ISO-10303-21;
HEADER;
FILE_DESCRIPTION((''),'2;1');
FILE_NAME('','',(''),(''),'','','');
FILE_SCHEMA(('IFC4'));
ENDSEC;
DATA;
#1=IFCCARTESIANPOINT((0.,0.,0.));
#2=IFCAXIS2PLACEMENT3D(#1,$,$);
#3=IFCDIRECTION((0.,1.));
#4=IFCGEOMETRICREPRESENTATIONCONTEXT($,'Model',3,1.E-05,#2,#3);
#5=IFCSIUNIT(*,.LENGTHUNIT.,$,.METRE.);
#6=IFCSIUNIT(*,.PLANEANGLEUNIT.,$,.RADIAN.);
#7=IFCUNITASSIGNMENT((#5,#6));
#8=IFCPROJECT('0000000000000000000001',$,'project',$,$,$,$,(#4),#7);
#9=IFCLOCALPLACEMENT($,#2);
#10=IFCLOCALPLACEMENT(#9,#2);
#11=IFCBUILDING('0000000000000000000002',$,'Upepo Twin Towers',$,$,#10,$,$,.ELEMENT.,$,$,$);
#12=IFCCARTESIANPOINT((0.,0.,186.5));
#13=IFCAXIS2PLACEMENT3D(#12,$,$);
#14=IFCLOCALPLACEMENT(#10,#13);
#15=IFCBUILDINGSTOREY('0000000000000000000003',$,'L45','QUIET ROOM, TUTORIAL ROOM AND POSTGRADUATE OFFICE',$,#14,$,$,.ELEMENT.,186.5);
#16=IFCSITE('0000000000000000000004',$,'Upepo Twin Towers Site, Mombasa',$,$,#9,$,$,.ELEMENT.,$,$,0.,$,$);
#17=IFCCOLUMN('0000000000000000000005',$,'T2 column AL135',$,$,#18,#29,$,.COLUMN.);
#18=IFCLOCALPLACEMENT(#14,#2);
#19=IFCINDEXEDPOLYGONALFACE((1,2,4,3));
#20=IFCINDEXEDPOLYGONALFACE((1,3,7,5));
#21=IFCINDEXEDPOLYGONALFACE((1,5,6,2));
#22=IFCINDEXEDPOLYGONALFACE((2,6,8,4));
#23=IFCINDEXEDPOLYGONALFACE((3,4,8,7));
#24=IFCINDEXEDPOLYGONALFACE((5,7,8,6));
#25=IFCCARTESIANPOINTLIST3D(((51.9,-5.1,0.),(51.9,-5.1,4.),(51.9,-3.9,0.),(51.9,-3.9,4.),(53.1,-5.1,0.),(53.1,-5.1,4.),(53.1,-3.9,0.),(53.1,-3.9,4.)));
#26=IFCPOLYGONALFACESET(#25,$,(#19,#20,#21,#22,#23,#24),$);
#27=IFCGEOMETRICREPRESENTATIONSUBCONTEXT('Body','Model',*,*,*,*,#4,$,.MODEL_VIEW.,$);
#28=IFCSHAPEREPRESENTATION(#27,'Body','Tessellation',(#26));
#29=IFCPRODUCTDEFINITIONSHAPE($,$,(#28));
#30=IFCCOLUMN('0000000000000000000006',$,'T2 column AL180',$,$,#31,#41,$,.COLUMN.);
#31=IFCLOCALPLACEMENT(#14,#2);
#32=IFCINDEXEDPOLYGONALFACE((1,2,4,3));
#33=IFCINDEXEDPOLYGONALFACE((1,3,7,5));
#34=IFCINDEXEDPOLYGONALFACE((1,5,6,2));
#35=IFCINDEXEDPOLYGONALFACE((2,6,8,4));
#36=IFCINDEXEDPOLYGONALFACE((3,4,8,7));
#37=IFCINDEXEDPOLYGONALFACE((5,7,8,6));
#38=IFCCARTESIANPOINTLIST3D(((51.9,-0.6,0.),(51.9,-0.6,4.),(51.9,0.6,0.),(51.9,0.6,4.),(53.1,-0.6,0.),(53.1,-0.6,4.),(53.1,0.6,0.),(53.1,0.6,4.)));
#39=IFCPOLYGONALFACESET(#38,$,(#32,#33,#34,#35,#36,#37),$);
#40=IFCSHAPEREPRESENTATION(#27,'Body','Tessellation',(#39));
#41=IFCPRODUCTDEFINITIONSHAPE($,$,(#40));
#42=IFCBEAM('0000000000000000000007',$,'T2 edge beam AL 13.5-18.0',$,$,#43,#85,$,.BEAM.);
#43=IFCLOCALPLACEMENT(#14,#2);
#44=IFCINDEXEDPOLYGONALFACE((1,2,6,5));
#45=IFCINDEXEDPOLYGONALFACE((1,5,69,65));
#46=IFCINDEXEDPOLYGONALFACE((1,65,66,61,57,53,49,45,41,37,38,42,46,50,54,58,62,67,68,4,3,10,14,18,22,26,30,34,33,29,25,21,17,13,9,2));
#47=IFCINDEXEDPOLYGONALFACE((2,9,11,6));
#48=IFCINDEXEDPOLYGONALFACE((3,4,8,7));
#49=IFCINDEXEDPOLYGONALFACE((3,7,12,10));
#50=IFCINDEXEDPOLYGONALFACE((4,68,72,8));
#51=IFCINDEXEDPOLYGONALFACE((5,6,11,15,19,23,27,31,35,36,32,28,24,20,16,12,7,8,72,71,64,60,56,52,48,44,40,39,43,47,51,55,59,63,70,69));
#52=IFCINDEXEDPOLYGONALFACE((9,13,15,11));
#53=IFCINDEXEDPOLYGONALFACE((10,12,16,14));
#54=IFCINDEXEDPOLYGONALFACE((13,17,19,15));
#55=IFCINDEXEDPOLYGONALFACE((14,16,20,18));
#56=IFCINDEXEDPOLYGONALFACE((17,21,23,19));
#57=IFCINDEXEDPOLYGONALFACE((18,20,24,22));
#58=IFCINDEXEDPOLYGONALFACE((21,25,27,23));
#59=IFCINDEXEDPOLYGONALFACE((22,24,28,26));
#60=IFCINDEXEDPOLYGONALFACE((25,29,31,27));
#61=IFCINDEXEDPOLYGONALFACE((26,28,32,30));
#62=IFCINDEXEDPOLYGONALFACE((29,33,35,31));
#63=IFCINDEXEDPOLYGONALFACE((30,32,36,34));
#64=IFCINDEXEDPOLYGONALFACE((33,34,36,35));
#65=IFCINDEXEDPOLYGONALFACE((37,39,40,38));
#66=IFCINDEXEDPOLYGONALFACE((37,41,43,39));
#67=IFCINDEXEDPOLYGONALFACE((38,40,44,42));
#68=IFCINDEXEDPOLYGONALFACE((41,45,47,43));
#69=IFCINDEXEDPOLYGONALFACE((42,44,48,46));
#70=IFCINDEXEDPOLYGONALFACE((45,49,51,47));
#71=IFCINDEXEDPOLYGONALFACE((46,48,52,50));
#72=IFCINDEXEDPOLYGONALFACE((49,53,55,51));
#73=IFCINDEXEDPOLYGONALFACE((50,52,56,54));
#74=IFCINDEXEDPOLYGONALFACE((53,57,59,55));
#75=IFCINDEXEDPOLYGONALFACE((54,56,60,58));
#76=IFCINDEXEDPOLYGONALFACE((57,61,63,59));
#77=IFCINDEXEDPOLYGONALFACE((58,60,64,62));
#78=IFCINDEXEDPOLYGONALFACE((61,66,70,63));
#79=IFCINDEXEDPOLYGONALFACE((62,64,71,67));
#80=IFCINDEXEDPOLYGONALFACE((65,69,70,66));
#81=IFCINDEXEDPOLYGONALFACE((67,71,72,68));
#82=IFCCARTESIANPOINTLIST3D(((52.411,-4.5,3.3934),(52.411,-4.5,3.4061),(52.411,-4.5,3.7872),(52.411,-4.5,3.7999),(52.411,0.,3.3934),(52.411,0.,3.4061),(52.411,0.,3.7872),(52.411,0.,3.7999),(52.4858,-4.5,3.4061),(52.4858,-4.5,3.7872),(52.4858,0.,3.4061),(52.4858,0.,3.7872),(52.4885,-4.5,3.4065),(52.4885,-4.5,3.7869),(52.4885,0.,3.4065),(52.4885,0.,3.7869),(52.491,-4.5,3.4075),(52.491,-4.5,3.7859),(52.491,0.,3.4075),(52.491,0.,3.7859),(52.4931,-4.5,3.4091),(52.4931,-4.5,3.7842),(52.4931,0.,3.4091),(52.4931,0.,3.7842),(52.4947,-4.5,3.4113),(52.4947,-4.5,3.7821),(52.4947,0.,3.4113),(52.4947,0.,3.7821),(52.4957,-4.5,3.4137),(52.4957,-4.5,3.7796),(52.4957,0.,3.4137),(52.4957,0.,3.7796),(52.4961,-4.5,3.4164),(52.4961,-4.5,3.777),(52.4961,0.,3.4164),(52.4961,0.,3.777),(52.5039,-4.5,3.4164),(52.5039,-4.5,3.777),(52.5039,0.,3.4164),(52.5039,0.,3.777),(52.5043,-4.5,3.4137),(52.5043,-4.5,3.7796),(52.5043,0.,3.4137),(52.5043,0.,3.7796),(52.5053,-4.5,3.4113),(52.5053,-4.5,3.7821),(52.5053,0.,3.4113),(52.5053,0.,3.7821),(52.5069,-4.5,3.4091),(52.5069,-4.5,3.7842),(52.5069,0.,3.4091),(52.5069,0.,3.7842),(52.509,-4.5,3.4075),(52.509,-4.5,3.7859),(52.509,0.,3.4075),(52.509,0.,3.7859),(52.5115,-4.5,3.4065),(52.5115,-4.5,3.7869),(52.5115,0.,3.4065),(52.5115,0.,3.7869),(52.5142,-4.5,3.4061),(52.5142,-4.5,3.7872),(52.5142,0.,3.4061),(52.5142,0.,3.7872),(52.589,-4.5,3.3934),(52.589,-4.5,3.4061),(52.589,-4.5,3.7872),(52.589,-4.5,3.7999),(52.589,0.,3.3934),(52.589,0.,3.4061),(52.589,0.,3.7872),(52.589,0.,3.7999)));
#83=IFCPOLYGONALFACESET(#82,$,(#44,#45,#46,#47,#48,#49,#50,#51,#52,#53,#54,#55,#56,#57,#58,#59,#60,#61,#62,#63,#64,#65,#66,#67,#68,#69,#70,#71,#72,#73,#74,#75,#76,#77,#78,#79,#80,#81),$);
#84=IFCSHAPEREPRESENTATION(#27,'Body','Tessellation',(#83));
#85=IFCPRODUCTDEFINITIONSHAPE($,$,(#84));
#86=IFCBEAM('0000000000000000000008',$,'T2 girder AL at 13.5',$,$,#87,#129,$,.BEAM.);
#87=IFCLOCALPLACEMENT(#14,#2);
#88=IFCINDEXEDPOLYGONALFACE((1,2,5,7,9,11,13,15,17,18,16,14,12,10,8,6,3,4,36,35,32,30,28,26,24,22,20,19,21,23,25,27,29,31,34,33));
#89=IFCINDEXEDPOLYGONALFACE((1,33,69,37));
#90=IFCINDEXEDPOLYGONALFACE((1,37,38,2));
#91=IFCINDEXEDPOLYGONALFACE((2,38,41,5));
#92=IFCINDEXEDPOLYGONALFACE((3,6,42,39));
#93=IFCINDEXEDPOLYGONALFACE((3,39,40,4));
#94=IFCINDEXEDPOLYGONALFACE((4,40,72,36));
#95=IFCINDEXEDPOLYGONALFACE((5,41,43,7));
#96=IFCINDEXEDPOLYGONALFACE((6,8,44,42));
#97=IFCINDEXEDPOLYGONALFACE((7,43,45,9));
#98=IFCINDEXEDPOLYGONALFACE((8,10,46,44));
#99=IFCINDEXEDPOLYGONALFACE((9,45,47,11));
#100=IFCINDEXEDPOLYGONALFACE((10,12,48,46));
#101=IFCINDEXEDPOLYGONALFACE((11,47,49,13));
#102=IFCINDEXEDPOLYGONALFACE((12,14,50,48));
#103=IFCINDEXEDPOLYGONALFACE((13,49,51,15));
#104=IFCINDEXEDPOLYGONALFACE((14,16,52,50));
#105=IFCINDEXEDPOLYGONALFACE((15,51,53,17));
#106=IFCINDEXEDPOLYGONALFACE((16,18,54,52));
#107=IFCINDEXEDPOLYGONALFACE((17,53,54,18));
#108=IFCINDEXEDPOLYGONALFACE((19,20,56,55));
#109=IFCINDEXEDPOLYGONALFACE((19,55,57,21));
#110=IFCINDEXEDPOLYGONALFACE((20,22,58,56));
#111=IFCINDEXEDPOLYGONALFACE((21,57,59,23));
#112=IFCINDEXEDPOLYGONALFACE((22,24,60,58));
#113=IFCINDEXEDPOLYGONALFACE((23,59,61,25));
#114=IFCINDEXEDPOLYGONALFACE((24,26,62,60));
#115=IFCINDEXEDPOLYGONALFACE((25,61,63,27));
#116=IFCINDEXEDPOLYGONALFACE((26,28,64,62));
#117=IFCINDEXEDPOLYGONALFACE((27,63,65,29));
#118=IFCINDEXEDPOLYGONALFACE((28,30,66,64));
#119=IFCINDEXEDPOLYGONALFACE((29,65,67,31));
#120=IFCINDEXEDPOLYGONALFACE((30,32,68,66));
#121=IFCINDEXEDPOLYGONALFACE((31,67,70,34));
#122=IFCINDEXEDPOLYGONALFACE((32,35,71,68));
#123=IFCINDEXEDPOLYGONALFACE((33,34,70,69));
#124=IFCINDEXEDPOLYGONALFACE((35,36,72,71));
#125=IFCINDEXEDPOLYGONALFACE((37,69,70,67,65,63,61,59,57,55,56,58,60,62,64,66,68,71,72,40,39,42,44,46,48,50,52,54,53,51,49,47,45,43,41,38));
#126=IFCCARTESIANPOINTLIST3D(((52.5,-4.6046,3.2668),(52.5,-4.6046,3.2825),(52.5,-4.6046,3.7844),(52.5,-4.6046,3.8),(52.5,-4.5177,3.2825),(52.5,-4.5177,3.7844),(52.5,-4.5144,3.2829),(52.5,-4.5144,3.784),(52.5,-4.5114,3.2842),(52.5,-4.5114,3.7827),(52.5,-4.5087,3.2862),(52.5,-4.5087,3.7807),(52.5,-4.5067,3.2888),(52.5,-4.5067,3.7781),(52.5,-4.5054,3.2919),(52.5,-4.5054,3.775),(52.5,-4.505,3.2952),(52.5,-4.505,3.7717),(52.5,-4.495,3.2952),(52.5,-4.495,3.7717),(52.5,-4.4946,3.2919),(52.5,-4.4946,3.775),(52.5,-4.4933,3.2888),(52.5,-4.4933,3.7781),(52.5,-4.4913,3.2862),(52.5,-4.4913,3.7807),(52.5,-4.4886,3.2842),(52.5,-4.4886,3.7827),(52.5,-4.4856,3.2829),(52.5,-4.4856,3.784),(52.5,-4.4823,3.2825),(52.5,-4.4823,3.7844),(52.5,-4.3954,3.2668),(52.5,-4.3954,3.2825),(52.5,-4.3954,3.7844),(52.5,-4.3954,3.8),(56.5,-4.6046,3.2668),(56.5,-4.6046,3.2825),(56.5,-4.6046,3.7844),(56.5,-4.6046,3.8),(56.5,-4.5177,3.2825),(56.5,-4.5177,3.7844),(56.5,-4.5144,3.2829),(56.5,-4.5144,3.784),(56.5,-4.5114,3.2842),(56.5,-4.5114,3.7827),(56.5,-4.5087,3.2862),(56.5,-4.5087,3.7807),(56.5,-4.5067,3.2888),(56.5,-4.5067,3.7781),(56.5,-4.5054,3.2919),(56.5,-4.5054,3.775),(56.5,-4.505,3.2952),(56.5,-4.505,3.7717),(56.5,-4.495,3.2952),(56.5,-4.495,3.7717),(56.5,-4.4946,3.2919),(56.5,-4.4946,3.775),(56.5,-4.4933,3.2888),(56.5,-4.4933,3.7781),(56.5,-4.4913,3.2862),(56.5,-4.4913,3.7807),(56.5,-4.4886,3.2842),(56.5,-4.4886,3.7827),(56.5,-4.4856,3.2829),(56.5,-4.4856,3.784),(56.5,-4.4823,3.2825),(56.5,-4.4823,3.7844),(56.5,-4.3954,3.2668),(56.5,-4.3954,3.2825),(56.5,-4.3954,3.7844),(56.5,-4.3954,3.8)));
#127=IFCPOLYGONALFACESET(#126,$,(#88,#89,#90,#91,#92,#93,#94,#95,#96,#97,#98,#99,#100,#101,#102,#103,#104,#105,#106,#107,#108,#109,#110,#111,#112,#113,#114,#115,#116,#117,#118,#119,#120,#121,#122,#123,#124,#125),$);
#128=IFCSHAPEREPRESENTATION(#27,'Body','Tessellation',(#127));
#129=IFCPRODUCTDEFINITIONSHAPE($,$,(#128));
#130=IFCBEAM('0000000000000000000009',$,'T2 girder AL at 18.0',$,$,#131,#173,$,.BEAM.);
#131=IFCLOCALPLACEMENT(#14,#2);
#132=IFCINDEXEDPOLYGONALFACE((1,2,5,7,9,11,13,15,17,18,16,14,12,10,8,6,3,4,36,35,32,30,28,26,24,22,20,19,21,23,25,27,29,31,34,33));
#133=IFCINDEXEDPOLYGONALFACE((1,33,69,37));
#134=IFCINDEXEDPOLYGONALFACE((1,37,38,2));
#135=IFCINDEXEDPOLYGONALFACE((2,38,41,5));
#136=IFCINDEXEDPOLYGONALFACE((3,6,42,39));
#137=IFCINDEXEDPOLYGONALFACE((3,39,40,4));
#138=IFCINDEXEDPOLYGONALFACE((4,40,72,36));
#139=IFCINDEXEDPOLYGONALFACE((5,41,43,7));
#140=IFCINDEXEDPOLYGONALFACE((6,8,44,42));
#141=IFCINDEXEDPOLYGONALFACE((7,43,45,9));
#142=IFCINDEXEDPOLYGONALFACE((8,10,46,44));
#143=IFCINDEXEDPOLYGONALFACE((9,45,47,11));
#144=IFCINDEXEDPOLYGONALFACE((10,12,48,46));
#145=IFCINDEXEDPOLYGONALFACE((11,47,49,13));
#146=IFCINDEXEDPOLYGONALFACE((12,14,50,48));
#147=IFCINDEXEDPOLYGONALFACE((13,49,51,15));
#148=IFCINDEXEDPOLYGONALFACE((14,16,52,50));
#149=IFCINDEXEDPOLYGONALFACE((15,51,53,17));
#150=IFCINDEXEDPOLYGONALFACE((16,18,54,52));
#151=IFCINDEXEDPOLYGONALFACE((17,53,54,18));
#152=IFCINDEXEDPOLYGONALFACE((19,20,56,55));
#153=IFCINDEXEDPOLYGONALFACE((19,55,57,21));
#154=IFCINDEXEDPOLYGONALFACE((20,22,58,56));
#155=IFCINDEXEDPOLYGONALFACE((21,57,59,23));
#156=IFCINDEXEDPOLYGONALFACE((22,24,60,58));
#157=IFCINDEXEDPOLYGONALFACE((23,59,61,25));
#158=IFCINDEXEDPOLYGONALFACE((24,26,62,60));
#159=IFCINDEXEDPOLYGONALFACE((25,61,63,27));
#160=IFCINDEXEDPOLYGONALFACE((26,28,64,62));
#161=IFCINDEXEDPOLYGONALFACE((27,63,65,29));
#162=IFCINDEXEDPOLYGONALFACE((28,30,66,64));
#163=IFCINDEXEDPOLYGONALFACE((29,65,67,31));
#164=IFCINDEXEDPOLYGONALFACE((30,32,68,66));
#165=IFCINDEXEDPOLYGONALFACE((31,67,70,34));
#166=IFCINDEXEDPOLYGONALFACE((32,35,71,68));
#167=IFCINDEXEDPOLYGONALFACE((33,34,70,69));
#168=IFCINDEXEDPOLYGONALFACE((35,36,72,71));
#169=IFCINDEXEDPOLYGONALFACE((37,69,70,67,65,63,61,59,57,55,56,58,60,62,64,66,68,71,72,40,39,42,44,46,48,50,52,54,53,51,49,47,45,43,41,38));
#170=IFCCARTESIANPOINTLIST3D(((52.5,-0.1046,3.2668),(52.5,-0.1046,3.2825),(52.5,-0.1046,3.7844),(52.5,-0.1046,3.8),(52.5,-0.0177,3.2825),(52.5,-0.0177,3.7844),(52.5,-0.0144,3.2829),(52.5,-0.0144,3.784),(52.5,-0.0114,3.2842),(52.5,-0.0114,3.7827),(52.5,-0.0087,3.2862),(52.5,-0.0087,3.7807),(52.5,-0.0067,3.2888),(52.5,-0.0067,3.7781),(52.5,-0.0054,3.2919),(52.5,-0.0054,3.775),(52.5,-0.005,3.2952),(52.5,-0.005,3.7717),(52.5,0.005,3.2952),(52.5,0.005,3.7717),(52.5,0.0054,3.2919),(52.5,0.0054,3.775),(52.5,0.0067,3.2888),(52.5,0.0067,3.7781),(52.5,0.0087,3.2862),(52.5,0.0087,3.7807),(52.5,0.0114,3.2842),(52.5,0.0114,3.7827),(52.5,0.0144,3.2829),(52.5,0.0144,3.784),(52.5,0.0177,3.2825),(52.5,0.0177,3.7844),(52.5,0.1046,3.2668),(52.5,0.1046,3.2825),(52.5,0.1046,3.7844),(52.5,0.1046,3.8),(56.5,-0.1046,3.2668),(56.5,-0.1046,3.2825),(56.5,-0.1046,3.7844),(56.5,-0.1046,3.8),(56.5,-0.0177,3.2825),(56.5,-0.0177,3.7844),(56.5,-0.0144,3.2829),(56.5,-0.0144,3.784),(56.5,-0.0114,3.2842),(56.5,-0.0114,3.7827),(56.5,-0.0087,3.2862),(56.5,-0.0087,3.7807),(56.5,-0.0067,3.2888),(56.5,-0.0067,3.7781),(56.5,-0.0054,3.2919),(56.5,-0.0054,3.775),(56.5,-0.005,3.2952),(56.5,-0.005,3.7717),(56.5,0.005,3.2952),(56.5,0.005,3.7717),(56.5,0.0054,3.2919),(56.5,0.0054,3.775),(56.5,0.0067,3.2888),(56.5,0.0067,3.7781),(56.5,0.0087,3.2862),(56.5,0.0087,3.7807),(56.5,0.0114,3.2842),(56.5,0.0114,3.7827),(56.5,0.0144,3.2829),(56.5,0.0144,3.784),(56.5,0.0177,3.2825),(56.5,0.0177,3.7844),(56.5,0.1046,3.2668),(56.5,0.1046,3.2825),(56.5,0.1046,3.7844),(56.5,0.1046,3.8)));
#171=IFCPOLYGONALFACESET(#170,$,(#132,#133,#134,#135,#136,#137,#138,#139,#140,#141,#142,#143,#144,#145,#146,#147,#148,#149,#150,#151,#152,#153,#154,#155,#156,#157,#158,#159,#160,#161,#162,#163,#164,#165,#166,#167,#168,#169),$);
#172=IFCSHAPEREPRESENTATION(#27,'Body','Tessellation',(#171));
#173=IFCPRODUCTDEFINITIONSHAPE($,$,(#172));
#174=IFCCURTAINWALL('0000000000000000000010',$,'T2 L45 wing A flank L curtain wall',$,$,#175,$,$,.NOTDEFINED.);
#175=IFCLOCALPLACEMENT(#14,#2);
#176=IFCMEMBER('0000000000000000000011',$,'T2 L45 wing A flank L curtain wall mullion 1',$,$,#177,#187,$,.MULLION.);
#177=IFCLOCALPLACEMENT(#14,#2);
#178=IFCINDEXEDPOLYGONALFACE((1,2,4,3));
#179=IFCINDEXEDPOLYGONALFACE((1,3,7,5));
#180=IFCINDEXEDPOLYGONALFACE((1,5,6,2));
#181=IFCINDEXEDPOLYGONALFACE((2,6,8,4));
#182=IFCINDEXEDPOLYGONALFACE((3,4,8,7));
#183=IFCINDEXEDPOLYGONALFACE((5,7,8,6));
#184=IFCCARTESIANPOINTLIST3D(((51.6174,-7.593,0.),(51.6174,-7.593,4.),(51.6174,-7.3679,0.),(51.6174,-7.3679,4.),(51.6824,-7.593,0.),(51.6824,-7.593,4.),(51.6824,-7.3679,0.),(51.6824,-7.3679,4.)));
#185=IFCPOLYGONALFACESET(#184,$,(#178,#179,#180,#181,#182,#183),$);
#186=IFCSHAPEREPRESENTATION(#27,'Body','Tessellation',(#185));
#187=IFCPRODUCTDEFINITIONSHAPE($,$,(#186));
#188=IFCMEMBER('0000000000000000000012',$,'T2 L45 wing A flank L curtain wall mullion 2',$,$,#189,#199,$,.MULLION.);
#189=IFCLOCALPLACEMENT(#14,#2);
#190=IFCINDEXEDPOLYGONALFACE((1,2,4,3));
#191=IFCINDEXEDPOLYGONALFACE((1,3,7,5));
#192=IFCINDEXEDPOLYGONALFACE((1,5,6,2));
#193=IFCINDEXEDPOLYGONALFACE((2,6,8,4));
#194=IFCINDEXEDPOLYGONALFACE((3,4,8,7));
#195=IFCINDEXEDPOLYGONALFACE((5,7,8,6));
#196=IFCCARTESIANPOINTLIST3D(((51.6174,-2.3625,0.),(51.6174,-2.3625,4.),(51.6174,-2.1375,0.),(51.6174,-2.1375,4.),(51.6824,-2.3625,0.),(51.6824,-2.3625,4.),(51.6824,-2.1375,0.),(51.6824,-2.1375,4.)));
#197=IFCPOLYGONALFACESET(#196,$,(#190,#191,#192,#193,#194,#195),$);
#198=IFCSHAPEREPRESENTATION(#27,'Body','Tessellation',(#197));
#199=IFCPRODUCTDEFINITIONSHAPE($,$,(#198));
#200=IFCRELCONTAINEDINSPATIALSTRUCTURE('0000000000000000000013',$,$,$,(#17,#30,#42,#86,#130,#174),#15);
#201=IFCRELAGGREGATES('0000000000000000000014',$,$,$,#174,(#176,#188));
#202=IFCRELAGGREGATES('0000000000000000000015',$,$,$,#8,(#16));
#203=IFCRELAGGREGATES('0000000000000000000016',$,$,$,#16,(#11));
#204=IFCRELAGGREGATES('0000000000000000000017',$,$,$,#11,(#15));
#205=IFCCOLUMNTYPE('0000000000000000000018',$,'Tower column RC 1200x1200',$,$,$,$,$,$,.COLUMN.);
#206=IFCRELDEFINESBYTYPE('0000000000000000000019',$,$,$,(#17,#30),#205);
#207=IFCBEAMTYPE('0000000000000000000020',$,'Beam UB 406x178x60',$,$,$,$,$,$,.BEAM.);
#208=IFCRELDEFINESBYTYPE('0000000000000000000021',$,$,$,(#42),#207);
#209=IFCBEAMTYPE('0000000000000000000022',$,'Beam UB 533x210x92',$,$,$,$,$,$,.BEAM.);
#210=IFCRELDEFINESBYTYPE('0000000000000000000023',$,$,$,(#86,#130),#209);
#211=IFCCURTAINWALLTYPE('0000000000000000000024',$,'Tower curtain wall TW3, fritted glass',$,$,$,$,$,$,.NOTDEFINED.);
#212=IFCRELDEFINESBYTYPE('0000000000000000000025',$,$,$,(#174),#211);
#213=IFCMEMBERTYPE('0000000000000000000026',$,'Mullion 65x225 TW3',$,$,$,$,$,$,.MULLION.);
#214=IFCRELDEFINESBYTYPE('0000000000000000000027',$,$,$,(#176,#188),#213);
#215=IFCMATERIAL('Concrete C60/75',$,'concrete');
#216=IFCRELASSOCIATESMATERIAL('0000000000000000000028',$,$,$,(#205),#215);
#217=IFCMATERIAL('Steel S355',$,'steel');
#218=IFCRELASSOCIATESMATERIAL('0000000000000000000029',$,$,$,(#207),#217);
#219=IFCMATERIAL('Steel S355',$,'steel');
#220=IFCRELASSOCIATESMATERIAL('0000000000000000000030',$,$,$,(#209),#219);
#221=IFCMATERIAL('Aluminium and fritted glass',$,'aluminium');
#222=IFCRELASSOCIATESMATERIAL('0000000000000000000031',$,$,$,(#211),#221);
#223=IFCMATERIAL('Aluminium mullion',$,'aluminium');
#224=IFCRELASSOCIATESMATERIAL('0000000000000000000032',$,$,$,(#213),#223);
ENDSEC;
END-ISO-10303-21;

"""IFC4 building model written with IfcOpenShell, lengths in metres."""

from ifc_helpers import new_model, si_unit, direction, frame, origin, origin_2d, place, context, subcontext, project, spatial, rectangle, i_section, extrude, material, material_profile, profile_set, type_object, element, aggregate, save


model = new_model("IFC4")

# Units and contexts
model_context = context("Model", 3, precision=1e-05, world=origin(), true_north=direction((0.0, 1.0)))
body_context = subcontext(model_context, "Body", "Model", "MODEL_VIEW")
ifc_project = project(units=[si_unit("LENGTHUNIT", "METRE"), si_unit("PLANEANGLEUNIT", "RADIAN")], contexts=[model_context])

# Site, building, storey
site_placement = place(None, origin())
site = spatial("IfcSite", under=ifc_project, at=site_placement, Name="Upepo Twin Towers Site, Mombasa", CompositionType="ELEMENT", RefElevation=0.0)
building_placement = place(site_placement, origin())
building = spatial("IfcBuilding", under=site, at=building_placement, Name="Upepo Twin Towers", CompositionType="ELEMENT")
storey_placement = place(building_placement, frame((0.0, 0.0, 186.5)))
storey = spatial("IfcBuildingStorey", under=building, at=storey_placement, Name="L45", Description="QUIET ROOM, TUTORIAL ROOM AND POSTGRADUATE OFFICE", CompositionType="ELEMENT", Elevation=186.5)

# Columns
ifc_material_1 = material(Name="Concrete C60/75", Category="concrete")
ifc_material_profile_1 = material_profile(ifc_material_1, rectangle(XDim=1.2, YDim=1.2, at=origin_2d()), Name="RC 1200x1200")
ifc_profile_set_1 = profile_set([ifc_material_profile_1], Name="Concrete C60/75")
column_type = type_object("IfcColumnType", Name="Tower column RC 1200x1200", PredefinedType="COLUMN", material=ifc_profile_set_1)
for number, where, z_axis, x_axis, name in (
    (1, (52.5, -4.5, 0.0), (0.0, 0.0, 1.0), (1.0, 0.0, 0.0), "T2 column AL135"),
    (2, (52.5, 0.0, 0.0), (0.0, 0.0, 1.0), (1.0, 0.0, 0.0), "T2 column AL180"),
):
    element("IfcColumn", number, at=place(storey_placement, frame(where, z_axis=z_axis, x_axis=x_axis)), inside=storey, type_object=column_type, Name=name, PredefinedType="COLUMN", context=body_context, shape_type="SweptSolid", body=[
        extrude(rectangle(XDim=1.2, YDim=1.2, at=origin_2d()), origin(), (0.0, 0.0, 1.0), 4.0),
    ])

# Beams
ifc_material_2 = material(Name="Steel S355", Category="steel")
ifc_material_profile_2 = material_profile(ifc_material_2, i_section(OverallWidth=0.178, OverallDepth=0.4065, WebThickness=0.0078, FlangeThickness=0.0127, FilletRadius=0.0103, at=origin_2d()), Name="UB 406x178x60")
ifc_profile_set_2 = profile_set([ifc_material_profile_2], Name="Steel S355")
beam_type_1 = type_object("IfcBeamType", Name="Beam UB 406x178x60", PredefinedType="BEAM", material=ifc_profile_set_2)
beam_placement = place(storey_placement, frame((52.5, -4.5, 3.5967), z_axis=(0.0, 1.0, 0.0), x_axis=(-1.0, 0.0, 0.0)))
element("IfcBeam", 3, at=beam_placement, inside=storey, type_object=beam_type_1, Name="T2 edge beam AL 13.5-18.0", PredefinedType="BEAM", context=body_context, shape_type="SweptSolid", body=[
    extrude(i_section(OverallWidth=0.178, OverallDepth=0.4065, WebThickness=0.0078, FlangeThickness=0.0127, FilletRadius=0.0103, at=origin_2d()), origin(), (0.0, 0.0, 1.0), 4.5),
])
ifc_material_3 = material(Name="Steel S355", Category="steel")
ifc_material_profile_3 = material_profile(ifc_material_3, i_section(OverallWidth=0.2092, OverallDepth=0.5332, WebThickness=0.01, FlangeThickness=0.0156, FilletRadius=0.0127, at=origin_2d()), Name="UB 533x210x92")
ifc_profile_set_3 = profile_set([ifc_material_profile_3], Name="Steel S355")
beam_type_2 = type_object("IfcBeamType", Name="Beam UB 533x210x92", PredefinedType="BEAM", material=ifc_profile_set_3)
for number, where, z_axis, x_axis, name in (
    (4, (52.5, -4.5, 3.5334), (1.0, 0.0, 0.0), (0.0, 1.0, 0.0), "T2 girder AL at 13.5"),
    (5, (52.5, 0.0, 3.5334), (1.0, 0.0, 0.0), (0.0, 1.0, 0.0), "T2 girder AL at 18.0"),
):
    element("IfcBeam", number, at=place(storey_placement, frame(where, z_axis=z_axis, x_axis=x_axis)), inside=storey, type_object=beam_type_2, Name=name, PredefinedType="BEAM", context=body_context, shape_type="SweptSolid", body=[
        extrude(i_section(OverallWidth=0.2092, OverallDepth=0.5332, WebThickness=0.01, FlangeThickness=0.0156, FilletRadius=0.0127, at=origin_2d()), origin(), (0.0, 0.0, 1.0), 4.0),
    ])

# Curtain wall, members
ifc_material_4 = material(Name="Aluminium and fritted glass", Category="aluminium")
curtain_wall_type = type_object("IfcCurtainWallType", Name="Tower curtain wall TW3, fritted glass", PredefinedType="NOTDEFINED", material=ifc_material_4)
curtain_wall_1_placement = place(storey_placement, origin())
curtain_wall_1 = element("IfcCurtainWall", 6, at=curtain_wall_1_placement, inside=storey, type_object=curtain_wall_type, Name="T2 L45 wing A flank L curtain wall", PredefinedType="NOTDEFINED")
ifc_material_5 = material(Name="Aluminium mullion", Category="aluminium")
ifc_material_profile_4 = material_profile(ifc_material_5, rectangle(XDim=0.0649, YDim=0.2251, at=origin_2d()), Name="MULLION 65x225")
ifc_profile_set_4 = profile_set([ifc_material_profile_4], Name="Aluminium mullion")
member_type_1 = type_object("IfcMemberType", Name="Mullion 65x225 TW3", PredefinedType="MULLION", material=ifc_profile_set_4)
member_1_placement = place(storey_placement, frame((51.6499, -7.4805, 0.0), z_axis=(0.0, 0.0, 1.0), x_axis=(-1.0, 0.0, 0.0)))
member_1 = element("IfcMember", 7, at=member_1_placement, type_object=member_type_1, Name="T2 L45 wing A flank L curtain wall mullion 1", PredefinedType="MULLION", context=body_context, shape_type="SweptSolid", body=[
    extrude(rectangle(XDim=0.0649, YDim=0.2251, at=origin_2d()), origin(), (0.0, 0.0, 1.0), 4.0),
])
member_2_placement = place(storey_placement, frame((51.6499, -2.25, 0.0), z_axis=(0.0, 0.0, 1.0), x_axis=(-1.0, 0.0, 0.0)))
member_2 = element("IfcMember", 8, at=member_2_placement, type_object=member_type_1, Name="T2 L45 wing A flank L curtain wall mullion 2", PredefinedType="MULLION", context=body_context, shape_type="SweptSolid", body=[
    extrude(rectangle(XDim=0.0649, YDim=0.2251, at=origin_2d()), origin(), (0.0, 0.0, 1.0), 4.0),
])

aggregate(curtain_wall_1, [member_1, member_2])

save(model, "model.ifc")
